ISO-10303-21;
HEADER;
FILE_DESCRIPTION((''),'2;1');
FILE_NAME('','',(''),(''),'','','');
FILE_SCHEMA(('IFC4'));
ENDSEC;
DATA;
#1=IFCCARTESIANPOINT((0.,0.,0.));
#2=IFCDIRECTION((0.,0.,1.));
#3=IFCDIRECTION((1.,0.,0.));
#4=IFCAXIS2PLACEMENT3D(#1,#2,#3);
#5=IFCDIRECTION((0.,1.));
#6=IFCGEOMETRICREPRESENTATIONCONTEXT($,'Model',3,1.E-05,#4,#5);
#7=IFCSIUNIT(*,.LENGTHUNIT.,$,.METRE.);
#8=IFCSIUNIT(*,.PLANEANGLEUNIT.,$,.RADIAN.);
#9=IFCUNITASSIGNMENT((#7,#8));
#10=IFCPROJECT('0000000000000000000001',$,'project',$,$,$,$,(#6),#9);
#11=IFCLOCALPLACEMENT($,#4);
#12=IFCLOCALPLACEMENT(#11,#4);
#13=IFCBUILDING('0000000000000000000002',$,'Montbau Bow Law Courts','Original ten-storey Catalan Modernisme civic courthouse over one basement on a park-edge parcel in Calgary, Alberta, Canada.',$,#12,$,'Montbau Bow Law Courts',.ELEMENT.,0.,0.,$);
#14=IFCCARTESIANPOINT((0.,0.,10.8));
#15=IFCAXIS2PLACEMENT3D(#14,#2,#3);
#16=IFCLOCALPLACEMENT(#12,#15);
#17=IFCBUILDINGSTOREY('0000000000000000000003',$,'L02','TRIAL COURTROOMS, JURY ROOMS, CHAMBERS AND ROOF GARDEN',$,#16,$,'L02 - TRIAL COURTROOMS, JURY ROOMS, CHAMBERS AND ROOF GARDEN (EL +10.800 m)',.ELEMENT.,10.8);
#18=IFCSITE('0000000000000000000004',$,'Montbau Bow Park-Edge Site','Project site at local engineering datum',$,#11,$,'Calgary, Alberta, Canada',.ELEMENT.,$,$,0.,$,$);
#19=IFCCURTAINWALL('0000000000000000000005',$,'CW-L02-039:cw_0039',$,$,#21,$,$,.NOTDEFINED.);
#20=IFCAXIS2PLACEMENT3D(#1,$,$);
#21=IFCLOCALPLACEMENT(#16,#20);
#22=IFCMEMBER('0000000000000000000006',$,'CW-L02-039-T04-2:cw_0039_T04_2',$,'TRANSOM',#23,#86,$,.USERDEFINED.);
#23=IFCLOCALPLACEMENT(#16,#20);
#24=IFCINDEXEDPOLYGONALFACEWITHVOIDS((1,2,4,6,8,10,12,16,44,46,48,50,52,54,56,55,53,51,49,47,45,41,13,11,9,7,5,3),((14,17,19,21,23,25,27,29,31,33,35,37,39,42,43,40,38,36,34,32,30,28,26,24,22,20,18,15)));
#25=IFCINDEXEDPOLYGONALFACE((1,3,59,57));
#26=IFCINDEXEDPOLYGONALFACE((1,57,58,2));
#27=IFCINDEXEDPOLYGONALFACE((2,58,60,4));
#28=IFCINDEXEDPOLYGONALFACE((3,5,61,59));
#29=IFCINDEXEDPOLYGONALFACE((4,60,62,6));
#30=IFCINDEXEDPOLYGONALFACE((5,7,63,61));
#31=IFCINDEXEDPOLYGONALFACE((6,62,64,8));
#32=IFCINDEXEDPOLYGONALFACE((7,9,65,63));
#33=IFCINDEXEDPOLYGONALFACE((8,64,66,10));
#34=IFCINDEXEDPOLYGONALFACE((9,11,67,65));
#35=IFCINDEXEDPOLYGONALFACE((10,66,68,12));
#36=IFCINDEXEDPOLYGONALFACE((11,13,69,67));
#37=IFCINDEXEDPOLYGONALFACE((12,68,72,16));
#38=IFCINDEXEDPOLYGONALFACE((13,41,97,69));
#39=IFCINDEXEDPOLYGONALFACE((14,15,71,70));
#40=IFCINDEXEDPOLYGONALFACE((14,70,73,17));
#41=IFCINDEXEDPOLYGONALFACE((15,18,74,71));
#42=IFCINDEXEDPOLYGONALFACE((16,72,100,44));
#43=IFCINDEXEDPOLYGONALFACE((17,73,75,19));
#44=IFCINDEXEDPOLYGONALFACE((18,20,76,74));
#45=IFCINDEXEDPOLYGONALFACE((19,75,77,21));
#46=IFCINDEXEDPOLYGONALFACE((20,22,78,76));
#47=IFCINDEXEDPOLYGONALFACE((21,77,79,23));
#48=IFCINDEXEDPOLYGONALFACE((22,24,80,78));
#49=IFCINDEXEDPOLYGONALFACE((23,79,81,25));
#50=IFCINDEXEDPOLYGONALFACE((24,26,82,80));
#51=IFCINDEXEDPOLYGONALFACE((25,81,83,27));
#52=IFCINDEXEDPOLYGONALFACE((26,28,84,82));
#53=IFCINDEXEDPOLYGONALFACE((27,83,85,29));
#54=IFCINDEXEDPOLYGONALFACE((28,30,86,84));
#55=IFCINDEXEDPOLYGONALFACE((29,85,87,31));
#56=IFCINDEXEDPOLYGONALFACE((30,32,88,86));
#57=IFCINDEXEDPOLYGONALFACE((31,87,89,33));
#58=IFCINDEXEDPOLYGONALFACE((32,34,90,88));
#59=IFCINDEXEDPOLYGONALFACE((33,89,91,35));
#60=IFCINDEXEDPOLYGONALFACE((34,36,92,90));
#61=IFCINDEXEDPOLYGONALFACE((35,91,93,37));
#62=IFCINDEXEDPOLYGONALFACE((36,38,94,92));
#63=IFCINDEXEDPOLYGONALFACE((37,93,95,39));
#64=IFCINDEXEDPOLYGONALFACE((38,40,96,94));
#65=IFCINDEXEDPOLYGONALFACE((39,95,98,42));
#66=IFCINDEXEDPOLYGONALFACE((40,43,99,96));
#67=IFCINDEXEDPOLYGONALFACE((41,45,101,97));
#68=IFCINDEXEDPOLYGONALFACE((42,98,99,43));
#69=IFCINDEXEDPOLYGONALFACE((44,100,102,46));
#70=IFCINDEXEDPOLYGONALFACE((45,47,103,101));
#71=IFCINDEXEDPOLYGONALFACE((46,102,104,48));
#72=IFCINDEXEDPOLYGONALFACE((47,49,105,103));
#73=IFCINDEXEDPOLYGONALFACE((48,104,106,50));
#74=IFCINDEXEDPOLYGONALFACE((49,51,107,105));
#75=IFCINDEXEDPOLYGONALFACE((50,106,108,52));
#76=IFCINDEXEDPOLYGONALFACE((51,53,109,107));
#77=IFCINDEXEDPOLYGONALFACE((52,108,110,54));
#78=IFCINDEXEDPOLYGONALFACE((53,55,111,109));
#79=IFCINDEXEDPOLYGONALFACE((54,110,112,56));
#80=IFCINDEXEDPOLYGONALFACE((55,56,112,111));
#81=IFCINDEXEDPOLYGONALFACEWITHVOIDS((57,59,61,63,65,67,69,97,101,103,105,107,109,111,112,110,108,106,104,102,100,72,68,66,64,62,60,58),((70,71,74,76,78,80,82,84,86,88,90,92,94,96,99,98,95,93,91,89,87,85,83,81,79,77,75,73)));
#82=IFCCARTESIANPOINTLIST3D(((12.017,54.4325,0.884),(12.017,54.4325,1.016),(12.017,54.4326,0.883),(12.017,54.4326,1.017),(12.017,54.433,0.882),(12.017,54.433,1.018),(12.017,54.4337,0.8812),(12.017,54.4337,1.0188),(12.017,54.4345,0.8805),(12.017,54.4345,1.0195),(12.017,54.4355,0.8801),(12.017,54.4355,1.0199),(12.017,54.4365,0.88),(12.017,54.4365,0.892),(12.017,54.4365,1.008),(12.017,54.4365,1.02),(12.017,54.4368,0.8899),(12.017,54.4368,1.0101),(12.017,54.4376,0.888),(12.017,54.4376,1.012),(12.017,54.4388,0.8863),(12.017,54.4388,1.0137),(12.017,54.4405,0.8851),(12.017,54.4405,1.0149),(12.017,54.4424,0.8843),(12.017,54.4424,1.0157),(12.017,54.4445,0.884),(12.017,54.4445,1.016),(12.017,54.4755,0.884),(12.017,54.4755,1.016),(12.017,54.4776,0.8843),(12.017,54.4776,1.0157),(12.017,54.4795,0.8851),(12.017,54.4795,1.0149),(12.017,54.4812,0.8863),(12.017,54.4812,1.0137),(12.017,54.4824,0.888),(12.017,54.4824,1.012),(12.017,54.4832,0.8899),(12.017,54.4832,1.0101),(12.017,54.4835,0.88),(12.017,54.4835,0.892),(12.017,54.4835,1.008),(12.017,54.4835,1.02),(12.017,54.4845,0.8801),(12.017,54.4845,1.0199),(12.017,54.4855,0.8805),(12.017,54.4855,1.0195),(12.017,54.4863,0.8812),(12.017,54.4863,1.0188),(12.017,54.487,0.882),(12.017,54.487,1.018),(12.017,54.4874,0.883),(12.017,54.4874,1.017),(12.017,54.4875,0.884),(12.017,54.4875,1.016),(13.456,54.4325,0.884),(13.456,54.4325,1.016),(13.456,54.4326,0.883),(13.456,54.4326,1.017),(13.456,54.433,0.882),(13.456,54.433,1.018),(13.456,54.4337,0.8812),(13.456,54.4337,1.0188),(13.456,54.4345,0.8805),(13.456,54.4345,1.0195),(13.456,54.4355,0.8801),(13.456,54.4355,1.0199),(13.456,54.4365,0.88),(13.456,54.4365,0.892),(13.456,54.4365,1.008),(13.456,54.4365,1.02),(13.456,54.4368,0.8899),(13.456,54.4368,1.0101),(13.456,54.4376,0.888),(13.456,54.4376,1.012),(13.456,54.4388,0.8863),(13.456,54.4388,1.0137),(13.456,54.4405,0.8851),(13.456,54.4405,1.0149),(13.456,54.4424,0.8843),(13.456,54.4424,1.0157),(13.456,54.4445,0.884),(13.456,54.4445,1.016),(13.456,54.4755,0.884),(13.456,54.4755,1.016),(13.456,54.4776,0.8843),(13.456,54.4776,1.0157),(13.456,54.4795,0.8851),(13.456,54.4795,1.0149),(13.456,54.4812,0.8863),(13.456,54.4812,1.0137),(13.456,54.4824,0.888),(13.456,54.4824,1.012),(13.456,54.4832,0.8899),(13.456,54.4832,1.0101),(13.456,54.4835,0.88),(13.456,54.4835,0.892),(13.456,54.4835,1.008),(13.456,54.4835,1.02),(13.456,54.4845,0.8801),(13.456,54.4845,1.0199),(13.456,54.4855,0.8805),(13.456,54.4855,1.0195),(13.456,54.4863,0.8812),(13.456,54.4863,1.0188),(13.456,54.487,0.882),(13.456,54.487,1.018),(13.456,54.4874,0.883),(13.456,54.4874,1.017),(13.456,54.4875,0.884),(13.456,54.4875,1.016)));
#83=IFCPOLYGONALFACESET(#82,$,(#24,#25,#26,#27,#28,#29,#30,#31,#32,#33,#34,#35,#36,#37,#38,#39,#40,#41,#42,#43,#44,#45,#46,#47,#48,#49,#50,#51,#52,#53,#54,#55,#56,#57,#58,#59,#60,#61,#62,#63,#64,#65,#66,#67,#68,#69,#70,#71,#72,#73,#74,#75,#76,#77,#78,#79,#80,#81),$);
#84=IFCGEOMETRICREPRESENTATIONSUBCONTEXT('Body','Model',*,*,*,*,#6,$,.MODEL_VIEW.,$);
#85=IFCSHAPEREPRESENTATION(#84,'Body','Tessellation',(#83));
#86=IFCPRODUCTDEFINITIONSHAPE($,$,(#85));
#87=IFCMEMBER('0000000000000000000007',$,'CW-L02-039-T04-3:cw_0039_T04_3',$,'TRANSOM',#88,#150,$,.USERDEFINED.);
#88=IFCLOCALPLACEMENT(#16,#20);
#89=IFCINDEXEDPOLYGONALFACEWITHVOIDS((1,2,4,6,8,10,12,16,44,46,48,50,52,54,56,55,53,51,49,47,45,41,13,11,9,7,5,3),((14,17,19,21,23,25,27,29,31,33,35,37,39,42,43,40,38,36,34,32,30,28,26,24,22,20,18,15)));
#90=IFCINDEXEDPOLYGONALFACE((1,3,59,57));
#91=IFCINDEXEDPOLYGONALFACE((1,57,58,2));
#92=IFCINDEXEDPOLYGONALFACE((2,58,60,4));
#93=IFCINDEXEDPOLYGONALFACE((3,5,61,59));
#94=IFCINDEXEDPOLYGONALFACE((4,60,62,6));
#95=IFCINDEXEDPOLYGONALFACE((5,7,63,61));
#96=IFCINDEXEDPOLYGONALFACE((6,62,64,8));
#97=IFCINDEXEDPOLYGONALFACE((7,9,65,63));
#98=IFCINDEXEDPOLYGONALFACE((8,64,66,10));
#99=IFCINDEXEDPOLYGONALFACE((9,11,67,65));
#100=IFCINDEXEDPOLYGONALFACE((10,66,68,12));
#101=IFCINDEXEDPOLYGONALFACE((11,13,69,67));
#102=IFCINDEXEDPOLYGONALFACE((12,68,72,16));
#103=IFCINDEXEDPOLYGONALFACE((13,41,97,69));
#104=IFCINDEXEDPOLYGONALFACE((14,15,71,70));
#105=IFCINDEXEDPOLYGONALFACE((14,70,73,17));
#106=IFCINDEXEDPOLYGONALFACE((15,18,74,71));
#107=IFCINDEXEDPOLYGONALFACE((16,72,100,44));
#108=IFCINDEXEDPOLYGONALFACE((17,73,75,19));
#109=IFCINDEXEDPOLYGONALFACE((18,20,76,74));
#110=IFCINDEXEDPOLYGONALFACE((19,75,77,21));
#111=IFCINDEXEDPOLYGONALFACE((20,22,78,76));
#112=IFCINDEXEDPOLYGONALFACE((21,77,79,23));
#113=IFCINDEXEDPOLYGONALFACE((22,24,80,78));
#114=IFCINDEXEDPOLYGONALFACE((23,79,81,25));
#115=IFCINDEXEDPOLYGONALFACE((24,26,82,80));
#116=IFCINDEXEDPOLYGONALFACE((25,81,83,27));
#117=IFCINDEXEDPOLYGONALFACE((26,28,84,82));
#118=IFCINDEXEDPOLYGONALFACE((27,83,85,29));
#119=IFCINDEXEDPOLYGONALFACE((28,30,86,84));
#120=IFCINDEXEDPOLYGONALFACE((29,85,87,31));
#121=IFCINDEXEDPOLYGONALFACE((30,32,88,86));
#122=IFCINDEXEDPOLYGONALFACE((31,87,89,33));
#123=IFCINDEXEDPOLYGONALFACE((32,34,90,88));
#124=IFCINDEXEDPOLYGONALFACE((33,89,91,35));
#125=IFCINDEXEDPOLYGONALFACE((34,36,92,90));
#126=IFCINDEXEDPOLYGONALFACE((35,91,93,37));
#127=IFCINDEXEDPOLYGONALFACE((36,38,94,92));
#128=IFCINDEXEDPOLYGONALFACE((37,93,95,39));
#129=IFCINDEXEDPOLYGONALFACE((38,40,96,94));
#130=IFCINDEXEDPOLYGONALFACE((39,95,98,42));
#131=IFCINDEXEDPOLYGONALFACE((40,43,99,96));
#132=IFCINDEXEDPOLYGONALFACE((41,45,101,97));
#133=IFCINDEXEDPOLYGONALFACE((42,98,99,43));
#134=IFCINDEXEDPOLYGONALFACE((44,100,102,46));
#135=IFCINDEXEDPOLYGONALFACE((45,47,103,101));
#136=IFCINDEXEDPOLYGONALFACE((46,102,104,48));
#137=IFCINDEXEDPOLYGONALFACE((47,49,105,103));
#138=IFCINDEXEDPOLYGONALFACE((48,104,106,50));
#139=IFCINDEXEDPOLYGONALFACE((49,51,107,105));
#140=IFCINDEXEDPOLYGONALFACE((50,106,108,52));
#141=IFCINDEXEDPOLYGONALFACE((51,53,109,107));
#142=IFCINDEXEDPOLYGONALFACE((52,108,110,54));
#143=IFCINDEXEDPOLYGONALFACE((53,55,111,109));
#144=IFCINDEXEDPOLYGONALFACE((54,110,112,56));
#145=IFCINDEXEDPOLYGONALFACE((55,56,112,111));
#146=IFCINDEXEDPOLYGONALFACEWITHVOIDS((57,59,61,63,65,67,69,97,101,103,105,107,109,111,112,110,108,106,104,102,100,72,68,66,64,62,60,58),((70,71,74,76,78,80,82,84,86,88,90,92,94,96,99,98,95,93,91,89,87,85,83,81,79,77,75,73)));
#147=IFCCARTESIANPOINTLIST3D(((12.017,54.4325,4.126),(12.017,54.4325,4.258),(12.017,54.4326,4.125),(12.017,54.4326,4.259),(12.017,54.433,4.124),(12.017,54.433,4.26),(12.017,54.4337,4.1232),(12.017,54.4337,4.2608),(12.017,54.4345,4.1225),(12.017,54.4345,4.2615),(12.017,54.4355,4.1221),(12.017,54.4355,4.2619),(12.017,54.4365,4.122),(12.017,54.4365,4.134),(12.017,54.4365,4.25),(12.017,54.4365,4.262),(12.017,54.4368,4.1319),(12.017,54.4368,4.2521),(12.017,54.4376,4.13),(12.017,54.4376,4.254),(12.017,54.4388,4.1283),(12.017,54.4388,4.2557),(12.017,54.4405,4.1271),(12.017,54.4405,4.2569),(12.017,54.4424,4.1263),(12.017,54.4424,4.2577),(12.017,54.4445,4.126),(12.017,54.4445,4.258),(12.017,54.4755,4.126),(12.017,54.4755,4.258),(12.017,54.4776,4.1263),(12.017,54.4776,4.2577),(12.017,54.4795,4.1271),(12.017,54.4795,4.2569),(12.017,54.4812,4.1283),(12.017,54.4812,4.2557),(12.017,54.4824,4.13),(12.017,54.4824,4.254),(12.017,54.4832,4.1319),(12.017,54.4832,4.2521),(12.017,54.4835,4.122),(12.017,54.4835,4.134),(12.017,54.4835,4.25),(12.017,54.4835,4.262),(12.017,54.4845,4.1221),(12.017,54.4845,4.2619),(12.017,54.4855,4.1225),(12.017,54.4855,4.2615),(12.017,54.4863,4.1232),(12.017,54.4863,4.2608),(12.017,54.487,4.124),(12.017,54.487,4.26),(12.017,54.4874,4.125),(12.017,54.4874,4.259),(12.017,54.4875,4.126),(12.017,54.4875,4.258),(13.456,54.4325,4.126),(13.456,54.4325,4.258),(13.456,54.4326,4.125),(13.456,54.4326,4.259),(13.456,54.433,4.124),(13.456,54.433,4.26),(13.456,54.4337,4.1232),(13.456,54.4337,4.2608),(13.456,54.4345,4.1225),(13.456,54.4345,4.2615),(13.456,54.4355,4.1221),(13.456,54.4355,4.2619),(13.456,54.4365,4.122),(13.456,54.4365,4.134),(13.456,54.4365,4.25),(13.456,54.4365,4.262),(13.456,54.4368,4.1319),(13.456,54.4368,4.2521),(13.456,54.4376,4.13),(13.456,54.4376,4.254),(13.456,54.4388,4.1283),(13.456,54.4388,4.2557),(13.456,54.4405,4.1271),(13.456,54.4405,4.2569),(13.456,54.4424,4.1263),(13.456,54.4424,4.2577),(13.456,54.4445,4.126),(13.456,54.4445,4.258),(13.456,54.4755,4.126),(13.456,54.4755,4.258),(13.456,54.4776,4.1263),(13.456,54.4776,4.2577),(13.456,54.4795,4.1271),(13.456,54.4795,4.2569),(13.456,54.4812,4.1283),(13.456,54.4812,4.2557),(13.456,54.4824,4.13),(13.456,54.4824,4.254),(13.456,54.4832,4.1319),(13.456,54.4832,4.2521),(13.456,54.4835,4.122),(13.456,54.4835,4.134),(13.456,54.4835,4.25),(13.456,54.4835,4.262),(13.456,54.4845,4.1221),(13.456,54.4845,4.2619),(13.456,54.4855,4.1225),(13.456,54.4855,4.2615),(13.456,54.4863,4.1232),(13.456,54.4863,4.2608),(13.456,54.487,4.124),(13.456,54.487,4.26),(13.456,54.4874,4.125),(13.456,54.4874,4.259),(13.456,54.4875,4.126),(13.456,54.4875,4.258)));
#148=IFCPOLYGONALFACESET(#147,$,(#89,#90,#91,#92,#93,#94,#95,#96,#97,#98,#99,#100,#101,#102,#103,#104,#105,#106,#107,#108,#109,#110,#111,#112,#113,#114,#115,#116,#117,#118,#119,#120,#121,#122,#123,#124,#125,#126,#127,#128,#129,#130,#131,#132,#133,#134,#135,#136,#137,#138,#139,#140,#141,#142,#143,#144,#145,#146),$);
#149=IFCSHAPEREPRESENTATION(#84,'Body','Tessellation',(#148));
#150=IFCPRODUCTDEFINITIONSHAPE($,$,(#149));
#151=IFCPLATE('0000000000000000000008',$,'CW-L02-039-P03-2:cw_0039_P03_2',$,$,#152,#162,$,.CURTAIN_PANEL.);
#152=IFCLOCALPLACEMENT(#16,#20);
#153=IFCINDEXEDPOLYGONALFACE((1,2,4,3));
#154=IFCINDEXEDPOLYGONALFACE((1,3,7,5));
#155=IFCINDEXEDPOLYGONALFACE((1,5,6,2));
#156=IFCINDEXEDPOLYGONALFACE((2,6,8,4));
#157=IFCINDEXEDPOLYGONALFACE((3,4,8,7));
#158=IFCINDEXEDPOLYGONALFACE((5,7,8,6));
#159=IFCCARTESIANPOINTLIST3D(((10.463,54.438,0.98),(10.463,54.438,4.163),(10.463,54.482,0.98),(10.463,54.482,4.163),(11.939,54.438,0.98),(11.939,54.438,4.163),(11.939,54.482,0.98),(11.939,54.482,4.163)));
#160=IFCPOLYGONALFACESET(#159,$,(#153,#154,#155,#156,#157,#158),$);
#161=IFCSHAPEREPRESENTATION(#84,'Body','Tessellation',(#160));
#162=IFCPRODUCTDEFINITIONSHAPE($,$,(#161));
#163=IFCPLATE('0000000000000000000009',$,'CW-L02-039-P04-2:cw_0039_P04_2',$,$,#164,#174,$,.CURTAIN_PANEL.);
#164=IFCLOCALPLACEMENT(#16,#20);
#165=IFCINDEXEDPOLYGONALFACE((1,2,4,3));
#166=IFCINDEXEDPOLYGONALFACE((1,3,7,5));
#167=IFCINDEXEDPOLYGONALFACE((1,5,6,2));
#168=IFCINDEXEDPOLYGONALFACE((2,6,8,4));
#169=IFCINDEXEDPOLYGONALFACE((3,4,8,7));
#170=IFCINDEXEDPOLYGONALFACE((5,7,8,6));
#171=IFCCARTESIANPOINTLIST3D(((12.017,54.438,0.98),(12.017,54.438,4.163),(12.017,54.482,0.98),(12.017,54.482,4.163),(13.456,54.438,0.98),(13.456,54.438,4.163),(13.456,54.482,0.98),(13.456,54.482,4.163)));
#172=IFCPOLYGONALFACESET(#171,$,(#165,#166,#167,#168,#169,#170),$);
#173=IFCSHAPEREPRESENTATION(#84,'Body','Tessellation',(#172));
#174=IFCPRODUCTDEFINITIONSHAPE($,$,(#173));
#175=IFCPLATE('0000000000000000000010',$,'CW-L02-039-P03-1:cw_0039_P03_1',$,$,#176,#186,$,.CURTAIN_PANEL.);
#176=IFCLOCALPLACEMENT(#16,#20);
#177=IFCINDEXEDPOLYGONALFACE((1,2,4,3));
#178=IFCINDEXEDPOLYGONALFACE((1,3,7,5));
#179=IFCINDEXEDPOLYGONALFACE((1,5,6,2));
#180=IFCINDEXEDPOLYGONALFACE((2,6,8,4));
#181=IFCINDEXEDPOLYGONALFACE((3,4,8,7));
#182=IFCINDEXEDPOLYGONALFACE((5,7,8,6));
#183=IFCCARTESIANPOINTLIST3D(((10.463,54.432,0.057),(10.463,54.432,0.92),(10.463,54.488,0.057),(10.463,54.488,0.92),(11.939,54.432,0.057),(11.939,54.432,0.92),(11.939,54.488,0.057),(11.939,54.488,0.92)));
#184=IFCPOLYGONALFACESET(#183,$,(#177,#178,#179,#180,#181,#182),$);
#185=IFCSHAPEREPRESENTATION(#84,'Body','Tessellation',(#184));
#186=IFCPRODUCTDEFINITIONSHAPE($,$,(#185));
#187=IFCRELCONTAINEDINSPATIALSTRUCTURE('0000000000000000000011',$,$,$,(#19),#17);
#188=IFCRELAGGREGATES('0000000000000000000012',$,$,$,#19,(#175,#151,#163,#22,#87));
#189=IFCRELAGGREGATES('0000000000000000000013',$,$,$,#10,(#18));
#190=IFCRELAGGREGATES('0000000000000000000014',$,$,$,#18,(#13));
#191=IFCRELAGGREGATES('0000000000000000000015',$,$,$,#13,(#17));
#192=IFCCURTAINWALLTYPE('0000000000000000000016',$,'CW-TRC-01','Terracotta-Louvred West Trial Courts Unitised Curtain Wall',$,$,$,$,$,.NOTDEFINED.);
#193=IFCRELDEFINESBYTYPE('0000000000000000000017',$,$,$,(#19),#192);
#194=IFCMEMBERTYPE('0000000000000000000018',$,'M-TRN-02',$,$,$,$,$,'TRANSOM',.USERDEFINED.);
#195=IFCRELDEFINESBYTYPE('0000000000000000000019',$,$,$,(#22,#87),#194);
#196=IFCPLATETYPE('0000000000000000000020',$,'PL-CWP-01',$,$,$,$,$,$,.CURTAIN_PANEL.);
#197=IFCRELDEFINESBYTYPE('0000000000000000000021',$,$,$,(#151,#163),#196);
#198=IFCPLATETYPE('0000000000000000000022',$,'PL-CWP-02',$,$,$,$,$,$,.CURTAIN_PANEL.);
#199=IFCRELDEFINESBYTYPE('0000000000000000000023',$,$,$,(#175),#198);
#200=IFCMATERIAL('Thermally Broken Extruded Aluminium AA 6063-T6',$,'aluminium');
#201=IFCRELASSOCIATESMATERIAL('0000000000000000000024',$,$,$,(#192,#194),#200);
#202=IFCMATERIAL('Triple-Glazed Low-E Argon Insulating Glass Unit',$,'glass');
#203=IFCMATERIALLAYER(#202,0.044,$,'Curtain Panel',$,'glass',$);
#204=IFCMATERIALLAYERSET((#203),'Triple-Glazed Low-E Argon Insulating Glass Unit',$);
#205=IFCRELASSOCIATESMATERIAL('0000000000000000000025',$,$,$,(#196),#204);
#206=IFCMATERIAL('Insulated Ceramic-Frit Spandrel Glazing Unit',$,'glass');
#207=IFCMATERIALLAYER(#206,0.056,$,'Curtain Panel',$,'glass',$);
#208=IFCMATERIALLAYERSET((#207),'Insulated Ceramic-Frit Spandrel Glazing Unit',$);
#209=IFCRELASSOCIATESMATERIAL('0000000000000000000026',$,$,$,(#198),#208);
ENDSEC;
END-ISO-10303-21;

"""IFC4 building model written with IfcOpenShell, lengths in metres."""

from ifc_helpers import new_model, si_unit, direction, frame, frame_2d, origin_with_axes, origin_2d_with_axis, place, context, subcontext, project, spatial, rectangle, hollow_rectangle, extrude, material, layer, layer_set, material_profile, profile_set, type_object, element, aggregate, save


model = new_model("IFC4")

# Units and contexts
model_context = context("Model", 3, precision=1e-05, world=origin_with_axes(), true_north=direction((0.0, 1.0)))
body_context = subcontext(model_context, "Body", "Model", "MODEL_VIEW")
ifc_project = project(units=[si_unit("LENGTHUNIT", "METRE"), si_unit("PLANEANGLEUNIT", "RADIAN")], contexts=[model_context])

# Site, building, storey
site_placement = place(None, origin_with_axes())
site = spatial("IfcSite", under=ifc_project, at=site_placement, Name="Montbau Bow Park-Edge Site", Description="Project site at local engineering datum", LongName="Calgary, Alberta, Canada", CompositionType="ELEMENT", RefElevation=0.0)
building_placement = place(site_placement, origin_with_axes())
building = spatial("IfcBuilding", under=site, at=building_placement, Name="Montbau Bow Law Courts", Description="Original ten-storey Catalan Modernisme civic courthouse over one basement on a park-edge parcel in Calgary, Alberta, Canada.", LongName="Montbau Bow Law Courts", CompositionType="ELEMENT", ElevationOfRefHeight=0.0, ElevationOfTerrain=0.0)
storey_placement = place(building_placement, frame((0.0, 0.0, 10.8), z_axis=(0.0, 0.0, 1.0), x_axis=(1.0, 0.0, 0.0)))
storey = spatial("IfcBuildingStorey", under=building, at=storey_placement, Name="L02", Description="TRIAL COURTROOMS, JURY ROOMS, CHAMBERS AND ROOF GARDEN", LongName="L02 - TRIAL COURTROOMS, JURY ROOMS, CHAMBERS AND ROOF GARDEN (EL +10.800 m)", CompositionType="ELEMENT", Elevation=10.8)

# Curtain wall
ifc_material_1 = material(Name="Thermally Broken Extruded Aluminium AA 6063-T6", Category="aluminium")
curtain_wall_type = type_object("IfcCurtainWallType", Name="CW-TRC-01", Description="Terracotta-Louvred West Trial Courts Unitised Curtain Wall", PredefinedType="NOTDEFINED", material=ifc_material_1)
curtain_wall_1_placement = place(None, frame((7.315, 54.46, 10.8), z_axis=(0.0, 0.0, 1.0), x_axis=(1.0, 0.0, 0.0)))
curtain_wall_1 = element("IfcCurtainWall", 1, at=curtain_wall_1_placement, inside=storey, type_object=curtain_wall_type, Name="CW-L02-039:cw_0039", PredefinedType="NOTDEFINED")

# Members
ifc_material_profile_1 = material_profile(ifc_material_1, hollow_rectangle(XDim=0.055, YDim=0.14, WallThickness=0.004, InnerFilletRadius=0.008, OuterFilletRadius=0.004, at=origin_2d_with_axis()), Name="CWT-140X55", Category="Main", Priority=0)
ifc_profile_set_1 = profile_set([ifc_material_profile_1], Name="Thermally Broken Extruded Aluminium AA 6063-T6")
member_type_1 = type_object("IfcMemberType", Name="M-TRN-02", ElementType="TRANSOM", PredefinedType="USERDEFINED", material=ifc_profile_set_1)
member_1_placement = place(None, frame((12.017, 54.46, 11.75), z_axis=(1.0, 0.0, 0.0), x_axis=(0.0, 1.0, 0.0)))
member_1 = element("IfcMember", 2, at=member_1_placement, type_object=member_type_1, Name="CW-L02-039-T04-2:cw_0039_T04_2", ObjectType="TRANSOM", PredefinedType="USERDEFINED", context=body_context, shape_type="SweptSolid", body=[
    extrude(hollow_rectangle(XDim=0.055, YDim=0.14, WallThickness=0.004, InnerFilletRadius=0.008, OuterFilletRadius=0.004, at=origin_2d_with_axis()), origin_with_axes(), (0.0, 0.0, 1.0), 1.439),
])
member_2_placement = place(None, frame((12.017, 54.46, 14.992), z_axis=(1.0, 0.0, 0.0), x_axis=(0.0, 1.0, 0.0)))
member_2 = element("IfcMember", 3, at=member_2_placement, type_object=member_type_1, Name="CW-L02-039-T04-3:cw_0039_T04_3", ObjectType="TRANSOM", PredefinedType="USERDEFINED", context=body_context, shape_type="SweptSolid", body=[
    extrude(hollow_rectangle(XDim=0.055, YDim=0.14, WallThickness=0.004, InnerFilletRadius=0.008, OuterFilletRadius=0.004, at=origin_2d_with_axis()), origin_with_axes(), (0.0, 0.0, 1.0), 1.439),
])

# Plates
ifc_material_2 = material(Name="Triple-Glazed Low-E Argon Insulating Glass Unit", Category="glass")
ifc_layer_1 = layer(ifc_material_2, 0.044, Name="Curtain Panel", Category="glass")
ifc_layer_set_1 = layer_set([ifc_layer_1], Name="Triple-Glazed Low-E Argon Insulating Glass Unit")
plate_type_1 = type_object("IfcPlateType", Name="PL-CWP-01", PredefinedType="CURTAIN_PANEL", material=ifc_layer_set_1)
plate_1_placement = place(None, frame((10.463, 54.46, 11.78), z_axis=(0.0, -1.0, 0.0), x_axis=(1.0, 0.0, 0.0)))
plate_1 = element("IfcPlate", 4, at=plate_1_placement, type_object=plate_type_1, Name="CW-L02-039-P03-2:cw_0039_P03_2", PredefinedType="CURTAIN_PANEL", context=body_context, shape_type="SweptSolid", body=[
    extrude(rectangle(XDim=1.476, YDim=3.183, at=frame_2d((0.738, 1.5915), x_axis=(1.0, 0.0))), frame((0.0, 0.0, -0.022), z_axis=(0.0, 0.0, 1.0), x_axis=(1.0, 0.0, 0.0)), (0.0, 0.0, 1.0), 0.044),
])
plate_2_placement = place(None, frame((12.017, 54.46, 11.78), z_axis=(0.0, -1.0, 0.0), x_axis=(1.0, 0.0, 0.0)))
plate_2 = element("IfcPlate", 5, at=plate_2_placement, type_object=plate_type_1, Name="CW-L02-039-P04-2:cw_0039_P04_2", PredefinedType="CURTAIN_PANEL", context=body_context, shape_type="SweptSolid", body=[
    extrude(rectangle(XDim=1.439, YDim=3.183, at=frame_2d((0.7195, 1.5915), x_axis=(1.0, 0.0))), frame((0.0, 0.0, -0.022), z_axis=(0.0, 0.0, 1.0), x_axis=(1.0, 0.0, 0.0)), (0.0, 0.0, 1.0), 0.044),
])
ifc_material_3 = material(Name="Insulated Ceramic-Frit Spandrel Glazing Unit", Category="glass")
ifc_layer_2 = layer(ifc_material_3, 0.056, Name="Curtain Panel", Category="glass")
ifc_layer_set_2 = layer_set([ifc_layer_2], Name="Insulated Ceramic-Frit Spandrel Glazing Unit")
plate_type_2 = type_object("IfcPlateType", Name="PL-CWP-02", PredefinedType="CURTAIN_PANEL", material=ifc_layer_set_2)
plate_3_placement = place(None, frame((10.463, 54.46, 10.857), z_axis=(0.0, -1.0, 0.0), x_axis=(1.0, 0.0, 0.0)))
plate_3 = element("IfcPlate", 6, at=plate_3_placement, type_object=plate_type_2, Name="CW-L02-039-P03-1:cw_0039_P03_1", PredefinedType="CURTAIN_PANEL", context=body_context, shape_type="SweptSolid", body=[
    extrude(rectangle(XDim=1.476, YDim=0.863, at=frame_2d((0.738, 0.4315), x_axis=(1.0, 0.0))), frame((0.0, 0.0, -0.028), z_axis=(0.0, 0.0, 1.0), x_axis=(1.0, 0.0, 0.0)), (0.0, 0.0, 1.0), 0.056),
])
aggregate(curtain_wall_1, [plate_3, plate_1, plate_2, member_1, member_2])

save(model, "model.ifc")
